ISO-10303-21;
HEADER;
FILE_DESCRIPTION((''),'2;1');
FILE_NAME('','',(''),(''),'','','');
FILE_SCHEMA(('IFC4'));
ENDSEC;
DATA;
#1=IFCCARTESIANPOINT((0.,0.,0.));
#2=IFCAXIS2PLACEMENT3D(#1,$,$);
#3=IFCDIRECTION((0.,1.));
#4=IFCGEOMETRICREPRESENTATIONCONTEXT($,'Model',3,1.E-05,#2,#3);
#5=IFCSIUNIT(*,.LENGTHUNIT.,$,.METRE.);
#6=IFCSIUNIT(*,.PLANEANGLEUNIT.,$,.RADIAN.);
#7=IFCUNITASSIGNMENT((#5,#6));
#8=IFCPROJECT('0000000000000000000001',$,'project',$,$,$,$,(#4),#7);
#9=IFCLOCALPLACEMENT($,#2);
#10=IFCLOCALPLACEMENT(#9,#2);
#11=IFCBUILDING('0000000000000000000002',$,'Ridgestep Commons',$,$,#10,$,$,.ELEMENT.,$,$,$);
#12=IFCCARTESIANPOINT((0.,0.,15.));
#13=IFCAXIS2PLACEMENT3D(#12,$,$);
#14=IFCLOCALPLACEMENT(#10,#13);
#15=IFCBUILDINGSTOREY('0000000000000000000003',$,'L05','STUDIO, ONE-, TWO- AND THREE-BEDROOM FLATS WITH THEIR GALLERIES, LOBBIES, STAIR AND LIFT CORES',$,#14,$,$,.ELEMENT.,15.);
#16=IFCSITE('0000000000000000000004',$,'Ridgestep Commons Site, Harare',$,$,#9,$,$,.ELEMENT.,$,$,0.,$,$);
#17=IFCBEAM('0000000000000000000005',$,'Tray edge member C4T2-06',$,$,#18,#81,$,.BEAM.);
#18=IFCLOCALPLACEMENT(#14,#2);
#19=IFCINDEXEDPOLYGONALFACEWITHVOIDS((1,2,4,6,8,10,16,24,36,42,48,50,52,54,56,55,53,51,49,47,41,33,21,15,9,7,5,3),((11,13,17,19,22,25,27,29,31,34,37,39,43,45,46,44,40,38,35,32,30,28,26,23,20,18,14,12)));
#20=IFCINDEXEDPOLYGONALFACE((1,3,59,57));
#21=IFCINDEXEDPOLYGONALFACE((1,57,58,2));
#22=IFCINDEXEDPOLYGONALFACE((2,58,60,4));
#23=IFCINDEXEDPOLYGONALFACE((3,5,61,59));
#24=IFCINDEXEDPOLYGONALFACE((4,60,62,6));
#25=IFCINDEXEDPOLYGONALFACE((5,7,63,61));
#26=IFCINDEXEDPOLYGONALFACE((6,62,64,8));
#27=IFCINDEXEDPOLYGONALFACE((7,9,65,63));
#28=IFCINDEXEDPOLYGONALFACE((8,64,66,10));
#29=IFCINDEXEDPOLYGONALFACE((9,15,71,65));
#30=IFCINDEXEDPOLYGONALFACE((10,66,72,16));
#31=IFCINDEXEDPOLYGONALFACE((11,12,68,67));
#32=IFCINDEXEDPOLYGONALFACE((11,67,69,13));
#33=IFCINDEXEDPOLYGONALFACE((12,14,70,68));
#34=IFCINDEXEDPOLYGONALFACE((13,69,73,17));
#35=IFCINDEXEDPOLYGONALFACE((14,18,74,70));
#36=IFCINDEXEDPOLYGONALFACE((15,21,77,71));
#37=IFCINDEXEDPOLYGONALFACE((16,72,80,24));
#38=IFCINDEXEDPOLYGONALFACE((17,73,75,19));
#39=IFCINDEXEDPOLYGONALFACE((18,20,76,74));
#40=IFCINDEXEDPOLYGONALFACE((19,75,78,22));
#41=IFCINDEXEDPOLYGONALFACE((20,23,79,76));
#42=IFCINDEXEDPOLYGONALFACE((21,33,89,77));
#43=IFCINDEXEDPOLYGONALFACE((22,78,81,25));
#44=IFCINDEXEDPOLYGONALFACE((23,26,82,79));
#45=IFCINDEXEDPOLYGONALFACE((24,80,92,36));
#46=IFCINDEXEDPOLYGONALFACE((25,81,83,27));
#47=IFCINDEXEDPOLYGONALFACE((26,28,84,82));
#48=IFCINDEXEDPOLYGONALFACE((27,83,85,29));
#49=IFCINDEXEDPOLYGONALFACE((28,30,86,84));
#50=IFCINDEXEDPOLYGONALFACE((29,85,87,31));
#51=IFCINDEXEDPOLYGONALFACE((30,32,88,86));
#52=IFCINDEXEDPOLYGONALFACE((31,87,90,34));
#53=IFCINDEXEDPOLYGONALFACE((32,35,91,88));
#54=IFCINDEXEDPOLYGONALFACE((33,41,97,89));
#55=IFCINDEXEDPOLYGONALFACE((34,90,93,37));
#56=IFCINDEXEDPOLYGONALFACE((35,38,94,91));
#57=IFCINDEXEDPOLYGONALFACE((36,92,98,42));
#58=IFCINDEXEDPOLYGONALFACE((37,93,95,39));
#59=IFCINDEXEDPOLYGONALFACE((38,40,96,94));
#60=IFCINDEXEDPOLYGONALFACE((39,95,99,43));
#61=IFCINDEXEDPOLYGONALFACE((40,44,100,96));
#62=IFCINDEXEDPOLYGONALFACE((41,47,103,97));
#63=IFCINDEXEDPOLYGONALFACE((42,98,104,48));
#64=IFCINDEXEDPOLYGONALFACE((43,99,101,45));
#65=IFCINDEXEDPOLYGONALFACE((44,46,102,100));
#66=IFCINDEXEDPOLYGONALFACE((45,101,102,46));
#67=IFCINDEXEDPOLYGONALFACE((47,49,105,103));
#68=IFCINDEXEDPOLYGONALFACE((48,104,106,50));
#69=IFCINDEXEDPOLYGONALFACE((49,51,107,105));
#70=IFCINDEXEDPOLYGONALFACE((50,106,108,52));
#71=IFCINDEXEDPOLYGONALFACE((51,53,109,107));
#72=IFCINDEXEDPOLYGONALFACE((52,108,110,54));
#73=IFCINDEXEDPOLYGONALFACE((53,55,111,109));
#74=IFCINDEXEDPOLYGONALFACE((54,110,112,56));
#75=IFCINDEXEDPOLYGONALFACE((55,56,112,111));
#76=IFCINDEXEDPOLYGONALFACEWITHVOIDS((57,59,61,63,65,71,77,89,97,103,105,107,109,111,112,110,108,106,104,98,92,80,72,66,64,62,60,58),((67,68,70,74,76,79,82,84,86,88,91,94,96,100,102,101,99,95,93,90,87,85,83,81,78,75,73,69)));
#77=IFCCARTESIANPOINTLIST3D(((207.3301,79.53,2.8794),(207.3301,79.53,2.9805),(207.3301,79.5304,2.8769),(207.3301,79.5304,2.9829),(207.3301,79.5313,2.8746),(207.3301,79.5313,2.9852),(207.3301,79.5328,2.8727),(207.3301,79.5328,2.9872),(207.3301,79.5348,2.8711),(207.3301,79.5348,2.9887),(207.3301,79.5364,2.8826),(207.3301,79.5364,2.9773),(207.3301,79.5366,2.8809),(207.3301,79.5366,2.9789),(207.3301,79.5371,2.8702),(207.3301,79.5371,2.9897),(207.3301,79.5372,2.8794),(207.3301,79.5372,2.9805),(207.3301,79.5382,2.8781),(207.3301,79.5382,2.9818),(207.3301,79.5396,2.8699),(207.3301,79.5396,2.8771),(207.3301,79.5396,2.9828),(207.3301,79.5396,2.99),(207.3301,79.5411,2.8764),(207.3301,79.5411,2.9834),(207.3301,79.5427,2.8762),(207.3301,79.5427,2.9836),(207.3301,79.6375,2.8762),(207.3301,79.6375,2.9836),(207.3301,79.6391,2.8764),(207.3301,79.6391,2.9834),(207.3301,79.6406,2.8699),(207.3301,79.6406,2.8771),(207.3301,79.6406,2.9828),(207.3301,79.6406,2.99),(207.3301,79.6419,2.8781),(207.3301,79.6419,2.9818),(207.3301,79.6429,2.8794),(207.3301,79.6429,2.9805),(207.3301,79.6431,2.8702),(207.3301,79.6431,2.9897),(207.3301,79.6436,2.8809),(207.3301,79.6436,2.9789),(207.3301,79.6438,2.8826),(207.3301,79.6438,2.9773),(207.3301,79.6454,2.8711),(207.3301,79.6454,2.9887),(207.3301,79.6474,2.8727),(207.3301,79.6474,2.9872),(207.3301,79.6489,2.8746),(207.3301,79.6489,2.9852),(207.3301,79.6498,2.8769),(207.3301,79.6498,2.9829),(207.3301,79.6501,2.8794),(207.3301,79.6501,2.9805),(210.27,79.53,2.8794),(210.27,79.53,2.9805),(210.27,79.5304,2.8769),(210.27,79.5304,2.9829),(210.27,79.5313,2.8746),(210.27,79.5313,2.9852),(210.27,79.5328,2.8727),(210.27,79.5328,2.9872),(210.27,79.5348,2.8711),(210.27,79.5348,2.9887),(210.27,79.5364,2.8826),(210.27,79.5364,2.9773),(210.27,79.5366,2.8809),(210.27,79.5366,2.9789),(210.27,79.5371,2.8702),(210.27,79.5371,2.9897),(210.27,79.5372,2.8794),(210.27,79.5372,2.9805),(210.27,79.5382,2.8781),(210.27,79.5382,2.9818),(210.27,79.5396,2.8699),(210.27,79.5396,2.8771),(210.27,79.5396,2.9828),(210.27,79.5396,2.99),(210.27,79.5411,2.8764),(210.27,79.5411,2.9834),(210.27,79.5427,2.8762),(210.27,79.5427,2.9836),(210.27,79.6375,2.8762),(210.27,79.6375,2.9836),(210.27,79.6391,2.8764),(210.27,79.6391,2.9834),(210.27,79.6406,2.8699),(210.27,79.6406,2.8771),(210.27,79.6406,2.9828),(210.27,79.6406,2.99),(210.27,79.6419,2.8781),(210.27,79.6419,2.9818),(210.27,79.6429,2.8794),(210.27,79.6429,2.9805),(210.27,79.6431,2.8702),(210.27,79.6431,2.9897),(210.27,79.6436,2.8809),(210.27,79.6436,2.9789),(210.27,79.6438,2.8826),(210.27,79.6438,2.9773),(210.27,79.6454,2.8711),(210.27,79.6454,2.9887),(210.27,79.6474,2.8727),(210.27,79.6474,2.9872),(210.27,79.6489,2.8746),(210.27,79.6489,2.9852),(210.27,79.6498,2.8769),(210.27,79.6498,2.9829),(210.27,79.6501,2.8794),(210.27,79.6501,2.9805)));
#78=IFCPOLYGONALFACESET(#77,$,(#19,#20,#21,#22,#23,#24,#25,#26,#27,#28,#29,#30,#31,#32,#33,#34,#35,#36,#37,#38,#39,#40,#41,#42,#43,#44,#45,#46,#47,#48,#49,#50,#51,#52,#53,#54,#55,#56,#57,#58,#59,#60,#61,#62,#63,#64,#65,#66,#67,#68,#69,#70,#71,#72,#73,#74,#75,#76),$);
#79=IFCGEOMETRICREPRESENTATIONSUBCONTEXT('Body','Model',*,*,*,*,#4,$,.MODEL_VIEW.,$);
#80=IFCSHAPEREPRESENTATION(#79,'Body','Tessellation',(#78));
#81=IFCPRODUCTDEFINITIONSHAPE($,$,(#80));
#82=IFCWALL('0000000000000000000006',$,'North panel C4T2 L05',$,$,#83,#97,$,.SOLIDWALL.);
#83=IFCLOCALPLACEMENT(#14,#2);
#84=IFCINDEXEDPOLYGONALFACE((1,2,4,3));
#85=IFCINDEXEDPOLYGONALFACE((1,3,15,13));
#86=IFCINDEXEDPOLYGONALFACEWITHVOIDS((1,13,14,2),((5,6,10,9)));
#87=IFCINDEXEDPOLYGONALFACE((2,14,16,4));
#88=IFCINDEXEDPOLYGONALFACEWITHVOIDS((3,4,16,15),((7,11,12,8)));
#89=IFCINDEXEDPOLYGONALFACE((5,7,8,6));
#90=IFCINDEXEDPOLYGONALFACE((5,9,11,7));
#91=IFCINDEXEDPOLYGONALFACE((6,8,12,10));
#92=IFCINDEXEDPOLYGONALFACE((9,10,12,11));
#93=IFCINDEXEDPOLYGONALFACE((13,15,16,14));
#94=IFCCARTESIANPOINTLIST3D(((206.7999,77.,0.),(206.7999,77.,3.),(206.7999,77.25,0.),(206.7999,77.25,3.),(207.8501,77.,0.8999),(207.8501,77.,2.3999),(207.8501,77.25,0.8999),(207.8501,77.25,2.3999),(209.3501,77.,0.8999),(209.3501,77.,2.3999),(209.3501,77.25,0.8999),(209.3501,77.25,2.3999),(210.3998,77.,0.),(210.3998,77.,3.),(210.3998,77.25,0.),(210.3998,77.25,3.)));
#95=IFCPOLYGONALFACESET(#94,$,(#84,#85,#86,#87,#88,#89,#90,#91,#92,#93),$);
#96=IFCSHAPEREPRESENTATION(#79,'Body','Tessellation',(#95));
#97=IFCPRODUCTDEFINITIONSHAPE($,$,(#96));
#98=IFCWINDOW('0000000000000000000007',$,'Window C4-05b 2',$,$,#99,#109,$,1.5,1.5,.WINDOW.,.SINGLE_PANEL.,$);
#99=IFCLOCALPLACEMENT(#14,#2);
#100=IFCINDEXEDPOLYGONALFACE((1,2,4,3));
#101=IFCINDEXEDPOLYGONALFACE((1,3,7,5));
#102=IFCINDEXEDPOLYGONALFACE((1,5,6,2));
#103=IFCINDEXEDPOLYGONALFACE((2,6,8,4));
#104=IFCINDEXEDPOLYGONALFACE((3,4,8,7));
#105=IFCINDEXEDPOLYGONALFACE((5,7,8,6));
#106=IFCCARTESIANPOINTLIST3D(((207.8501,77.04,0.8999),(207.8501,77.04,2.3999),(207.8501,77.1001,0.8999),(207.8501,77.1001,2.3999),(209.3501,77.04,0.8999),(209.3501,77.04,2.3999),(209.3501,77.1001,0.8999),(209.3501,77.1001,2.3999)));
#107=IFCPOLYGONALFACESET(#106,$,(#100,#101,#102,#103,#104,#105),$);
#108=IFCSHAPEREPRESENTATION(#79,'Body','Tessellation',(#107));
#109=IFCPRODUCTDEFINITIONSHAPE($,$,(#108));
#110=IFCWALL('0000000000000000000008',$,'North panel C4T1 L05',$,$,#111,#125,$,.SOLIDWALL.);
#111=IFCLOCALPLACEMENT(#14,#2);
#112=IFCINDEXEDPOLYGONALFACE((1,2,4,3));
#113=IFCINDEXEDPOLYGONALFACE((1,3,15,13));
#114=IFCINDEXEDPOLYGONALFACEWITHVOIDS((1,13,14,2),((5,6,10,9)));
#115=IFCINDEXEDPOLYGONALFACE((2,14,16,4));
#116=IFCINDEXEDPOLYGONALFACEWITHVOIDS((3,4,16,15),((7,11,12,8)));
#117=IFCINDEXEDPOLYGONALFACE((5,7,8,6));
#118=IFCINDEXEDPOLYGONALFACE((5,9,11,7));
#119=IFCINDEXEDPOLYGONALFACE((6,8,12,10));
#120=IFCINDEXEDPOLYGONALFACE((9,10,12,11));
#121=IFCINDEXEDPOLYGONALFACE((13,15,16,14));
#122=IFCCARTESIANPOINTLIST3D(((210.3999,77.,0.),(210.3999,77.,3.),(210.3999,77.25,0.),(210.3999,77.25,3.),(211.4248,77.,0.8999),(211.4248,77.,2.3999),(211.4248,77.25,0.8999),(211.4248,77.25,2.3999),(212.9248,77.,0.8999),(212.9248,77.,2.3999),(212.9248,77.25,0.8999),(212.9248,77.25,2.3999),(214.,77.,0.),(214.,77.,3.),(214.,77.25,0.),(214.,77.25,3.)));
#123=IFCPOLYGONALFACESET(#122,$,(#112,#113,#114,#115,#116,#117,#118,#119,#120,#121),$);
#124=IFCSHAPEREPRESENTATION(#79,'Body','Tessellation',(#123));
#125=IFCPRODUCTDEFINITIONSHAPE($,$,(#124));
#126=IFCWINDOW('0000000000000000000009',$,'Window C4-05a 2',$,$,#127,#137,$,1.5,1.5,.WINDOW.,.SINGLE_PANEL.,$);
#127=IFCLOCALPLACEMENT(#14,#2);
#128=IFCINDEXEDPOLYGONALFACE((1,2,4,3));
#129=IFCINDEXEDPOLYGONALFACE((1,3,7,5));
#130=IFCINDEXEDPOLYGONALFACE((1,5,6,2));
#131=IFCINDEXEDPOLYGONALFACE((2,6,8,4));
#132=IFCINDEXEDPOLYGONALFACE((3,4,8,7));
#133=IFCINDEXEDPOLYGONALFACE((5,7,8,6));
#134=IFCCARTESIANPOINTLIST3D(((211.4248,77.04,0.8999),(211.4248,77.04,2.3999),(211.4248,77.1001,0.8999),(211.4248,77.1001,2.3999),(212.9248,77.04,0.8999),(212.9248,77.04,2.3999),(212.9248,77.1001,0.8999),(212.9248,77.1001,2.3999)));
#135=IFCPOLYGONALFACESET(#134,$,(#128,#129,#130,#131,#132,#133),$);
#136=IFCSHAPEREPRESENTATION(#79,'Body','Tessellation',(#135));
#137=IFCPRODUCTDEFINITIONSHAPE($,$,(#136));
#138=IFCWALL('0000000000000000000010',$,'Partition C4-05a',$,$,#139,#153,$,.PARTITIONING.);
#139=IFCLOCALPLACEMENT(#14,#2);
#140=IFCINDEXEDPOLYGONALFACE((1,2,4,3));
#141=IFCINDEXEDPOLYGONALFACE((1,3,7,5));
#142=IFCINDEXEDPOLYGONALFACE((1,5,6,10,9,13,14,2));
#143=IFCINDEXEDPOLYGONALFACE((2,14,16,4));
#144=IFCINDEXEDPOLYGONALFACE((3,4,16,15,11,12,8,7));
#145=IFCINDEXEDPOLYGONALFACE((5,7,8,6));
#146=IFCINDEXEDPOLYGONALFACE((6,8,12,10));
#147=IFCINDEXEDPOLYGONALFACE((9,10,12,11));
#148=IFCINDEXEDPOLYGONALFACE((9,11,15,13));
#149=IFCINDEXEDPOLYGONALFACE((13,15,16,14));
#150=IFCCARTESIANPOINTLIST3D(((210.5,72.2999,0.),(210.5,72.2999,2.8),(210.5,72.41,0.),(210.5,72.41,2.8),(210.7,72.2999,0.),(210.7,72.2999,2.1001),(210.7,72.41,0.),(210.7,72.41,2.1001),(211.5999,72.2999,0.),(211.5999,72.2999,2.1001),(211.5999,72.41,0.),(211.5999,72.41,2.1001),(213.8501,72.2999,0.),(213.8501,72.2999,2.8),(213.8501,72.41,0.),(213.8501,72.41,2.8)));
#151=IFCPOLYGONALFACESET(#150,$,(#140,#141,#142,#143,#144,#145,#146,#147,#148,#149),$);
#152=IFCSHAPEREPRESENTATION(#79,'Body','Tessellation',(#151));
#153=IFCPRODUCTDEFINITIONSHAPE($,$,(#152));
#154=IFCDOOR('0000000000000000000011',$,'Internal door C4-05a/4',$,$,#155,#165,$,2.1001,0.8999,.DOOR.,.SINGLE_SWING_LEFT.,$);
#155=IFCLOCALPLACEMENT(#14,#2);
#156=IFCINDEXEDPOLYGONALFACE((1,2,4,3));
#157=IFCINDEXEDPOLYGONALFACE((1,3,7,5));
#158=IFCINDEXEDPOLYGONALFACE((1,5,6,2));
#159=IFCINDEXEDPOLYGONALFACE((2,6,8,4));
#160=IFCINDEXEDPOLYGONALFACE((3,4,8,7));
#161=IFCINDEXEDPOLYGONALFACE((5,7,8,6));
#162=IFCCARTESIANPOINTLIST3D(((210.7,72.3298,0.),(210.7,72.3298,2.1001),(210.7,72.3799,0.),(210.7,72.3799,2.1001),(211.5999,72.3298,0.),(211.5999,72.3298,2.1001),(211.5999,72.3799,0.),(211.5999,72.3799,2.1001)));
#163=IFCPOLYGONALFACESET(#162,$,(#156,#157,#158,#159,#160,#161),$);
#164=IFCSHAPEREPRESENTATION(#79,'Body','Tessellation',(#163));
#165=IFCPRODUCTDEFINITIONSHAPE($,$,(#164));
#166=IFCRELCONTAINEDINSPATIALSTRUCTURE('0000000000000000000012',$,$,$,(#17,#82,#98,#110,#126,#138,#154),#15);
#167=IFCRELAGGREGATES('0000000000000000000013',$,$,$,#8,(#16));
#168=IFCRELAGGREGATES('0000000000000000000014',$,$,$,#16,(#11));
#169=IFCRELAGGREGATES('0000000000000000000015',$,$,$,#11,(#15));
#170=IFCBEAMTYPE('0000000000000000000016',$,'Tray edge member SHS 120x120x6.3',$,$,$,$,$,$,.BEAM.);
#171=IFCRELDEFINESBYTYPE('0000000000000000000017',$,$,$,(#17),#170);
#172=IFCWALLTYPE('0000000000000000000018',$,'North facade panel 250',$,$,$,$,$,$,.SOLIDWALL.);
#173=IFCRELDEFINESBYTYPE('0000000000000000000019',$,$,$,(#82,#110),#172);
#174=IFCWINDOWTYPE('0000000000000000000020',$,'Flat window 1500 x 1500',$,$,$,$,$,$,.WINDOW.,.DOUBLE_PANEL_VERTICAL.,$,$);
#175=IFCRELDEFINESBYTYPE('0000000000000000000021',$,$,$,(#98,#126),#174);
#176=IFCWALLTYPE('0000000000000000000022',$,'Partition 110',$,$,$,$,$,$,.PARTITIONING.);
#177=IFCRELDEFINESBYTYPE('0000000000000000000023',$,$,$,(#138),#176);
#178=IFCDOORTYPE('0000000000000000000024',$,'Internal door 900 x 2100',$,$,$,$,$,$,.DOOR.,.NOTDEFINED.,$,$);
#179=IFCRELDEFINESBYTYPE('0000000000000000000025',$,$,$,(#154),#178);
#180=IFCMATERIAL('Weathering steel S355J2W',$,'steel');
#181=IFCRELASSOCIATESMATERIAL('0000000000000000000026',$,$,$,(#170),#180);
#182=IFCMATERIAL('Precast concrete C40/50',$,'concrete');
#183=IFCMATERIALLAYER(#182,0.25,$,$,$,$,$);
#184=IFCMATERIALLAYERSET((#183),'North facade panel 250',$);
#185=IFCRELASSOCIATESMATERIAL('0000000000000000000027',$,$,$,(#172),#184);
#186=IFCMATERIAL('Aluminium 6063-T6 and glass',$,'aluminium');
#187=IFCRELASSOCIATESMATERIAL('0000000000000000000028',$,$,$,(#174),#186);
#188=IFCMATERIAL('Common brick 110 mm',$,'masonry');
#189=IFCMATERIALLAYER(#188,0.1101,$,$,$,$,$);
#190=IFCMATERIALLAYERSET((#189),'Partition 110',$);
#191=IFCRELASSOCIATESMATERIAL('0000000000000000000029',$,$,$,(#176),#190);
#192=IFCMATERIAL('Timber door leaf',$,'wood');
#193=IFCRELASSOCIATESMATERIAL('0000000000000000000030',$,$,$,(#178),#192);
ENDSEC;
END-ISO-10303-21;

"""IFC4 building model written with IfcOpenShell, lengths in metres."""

from ifc_helpers import new_model, si_unit, direction, frame, frame_2d, origin, origin_2d, place, context, subcontext, project, spatial, rectangle, hollow_rectangle, extrude, material, layer, layer_set, material_profile, profile_set, type_object, element, fill, save


model = new_model("IFC4")

# Units and contexts
model_context = context("Model", 3, precision=1e-05, world=origin(), true_north=direction((0.0, 1.0)))
body_context = subcontext(model_context, "Body", "Model", "MODEL_VIEW")
ifc_project = project(units=[si_unit("LENGTHUNIT", "METRE"), si_unit("PLANEANGLEUNIT", "RADIAN")], contexts=[model_context])

# Site, building, storey
site_placement = place(None, origin())
site = spatial("IfcSite", under=ifc_project, at=site_placement, Name="Ridgestep Commons Site, Harare", CompositionType="ELEMENT", RefElevation=0.0)
building_placement = place(site_placement, origin())
building = spatial("IfcBuilding", under=site, at=building_placement, Name="Ridgestep Commons", CompositionType="ELEMENT")
storey_placement = place(building_placement, frame((0.0, 0.0, 15.0)))
storey = spatial("IfcBuildingStorey", under=building, at=storey_placement, Name="L05", Description="STUDIO, ONE-, TWO- AND THREE-BEDROOM FLATS WITH THEIR GALLERIES, LOBBIES, STAIR AND LIFT CORES", CompositionType="ELEMENT", Elevation=15.0)

# Beam
ifc_material_1 = material(Name="Weathering steel S355J2W", Category="steel")
ifc_material_profile_1 = material_profile(ifc_material_1, hollow_rectangle(XDim=0.1201, YDim=0.1201, WallThickness=0.0063, InnerFilletRadius=0.0063, OuterFilletRadius=0.0095, at=origin_2d()), Name="SHS 120x120x6.3")
ifc_profile_set_1 = profile_set([ifc_material_profile_1], Name="Weathering steel S355J2W")
beam_type_1 = type_object("IfcBeamType", Name="Tray edge member SHS 120x120x6.3", PredefinedType="BEAM", material=ifc_profile_set_1)
beam_placement = place(storey_placement, frame((207.3301, 79.5901, 2.9299), z_axis=(1.0, 0.0, 0.0), x_axis=(0.0, 0.0, 1.0)))
element("IfcBeam", 1, at=beam_placement, inside=storey, type_object=beam_type_1, Name="Tray edge member C4T2-06", PredefinedType="BEAM", context=body_context, shape_type="SweptSolid", body=[
    extrude(hollow_rectangle(XDim=0.1201, YDim=0.1201, WallThickness=0.0063, InnerFilletRadius=0.0063, OuterFilletRadius=0.0095, at=origin_2d()), origin(), (0.0, 0.0, 1.0), 2.9399),
])

# Walls, openings, windows
ifc_material_2 = material(Name="Precast concrete C40/50", Category="concrete")
ifc_layer_1 = layer(ifc_material_2, 0.25)
ifc_layer_set_1 = layer_set([ifc_layer_1], Name="North facade panel 250")
wall_type_1 = type_object("IfcWallType", Name="North facade panel 250", PredefinedType="SOLIDWALL", material=ifc_layer_set_1)
wall_1_placement = place(storey_placement, frame((206.8, 77.125, 0.0), z_axis=(0.0, 0.0, 1.0), x_axis=(1.0, 0.0, 0.0)))
wall_1 = element("IfcWall", 2, at=wall_1_placement, inside=storey, type_object=wall_type_1, Name="North panel C4T2 L05", PredefinedType="SOLIDWALL", context=body_context, shape_type="SweptSolid", body=[
    extrude(rectangle(XDim=3.5999, YDim=0.25, at=frame_2d((1.7998, 0.0))), origin(), (0.0, 0.0, 1.0), 3.0),
])
opening_1_placement = place(wall_1_placement, frame((1.05, 0.0, 0.8999)))
opening_1 = element("IfcOpeningElement", 3, at=opening_1_placement, cuts=wall_1, PredefinedType="OPENING", context=body_context, shape_type="SweptSolid", body=[
    extrude(rectangle(XDim=1.5, YDim=1.5, at=frame_2d((0.75, 0.75))), frame((0.0, 0.135, 0.0), z_axis=(0.0, -1.0, 0.0), x_axis=(1.0, 0.0, 0.0)), (0.0, 0.0, 1.0), 0.27),
])
ifc_material_3 = material(Name="Aluminium 6063-T6 and glass", Category="aluminium")
window_type = type_object("IfcWindowType", Name="Flat window 1500 x 1500", PartitioningType="DOUBLE_PANEL_VERTICAL", PredefinedType="WINDOW", material=ifc_material_3)
window_1_placement = place(opening_1_placement, origin())
window_1 = element("IfcWindow", 4, at=window_1_placement, inside=storey, type_object=window_type, Name="Window C4-05b 2", OverallHeight=1.5, OverallWidth=1.5, PartitioningType="SINGLE_PANEL", PredefinedType="WINDOW", context=body_context, shape_type="SweptSolid", body=[
    extrude(rectangle(XDim=1.5, YDim=1.5, at=frame_2d((0.75, 0.75))), frame((0.0, -0.0249, 0.0), z_axis=(0.0, -1.0, 0.0), x_axis=(1.0, 0.0, 0.0)), (0.0, 0.0, 1.0), 0.0601),
])
fill(opening_1, window_1)
wall_2_placement = place(storey_placement, frame((210.3999, 77.125, 0.0), z_axis=(0.0, 0.0, 1.0), x_axis=(1.0, 0.0, 0.0)))
wall_2 = element("IfcWall", 5, at=wall_2_placement, inside=storey, type_object=wall_type_1, Name="North panel C4T1 L05", PredefinedType="SOLIDWALL", context=body_context, shape_type="SweptSolid", body=[
    extrude(rectangle(XDim=3.6001, YDim=0.25, at=frame_2d((1.8, 0.0))), origin(), (0.0, 0.0, 1.0), 3.0),
])
opening_2_placement = place(wall_2_placement, frame((1.0249, 0.0, 0.8999)))
opening_2 = element("IfcOpeningElement", 6, at=opening_2_placement, cuts=wall_2, PredefinedType="OPENING", context=body_context, shape_type="SweptSolid", body=[
    extrude(rectangle(XDim=1.5, YDim=1.5, at=frame_2d((0.75, 0.75))), frame((0.0, 0.135, 0.0), z_axis=(0.0, -1.0, 0.0), x_axis=(1.0, 0.0, 0.0)), (0.0, 0.0, 1.0), 0.27),
])
window_2_placement = place(opening_2_placement, origin())
window_2 = element("IfcWindow", 7, at=window_2_placement, inside=storey, type_object=window_type, Name="Window C4-05a 2", OverallHeight=1.5, OverallWidth=1.5, PartitioningType="SINGLE_PANEL", PredefinedType="WINDOW", context=body_context, shape_type="SweptSolid", body=[
    extrude(rectangle(XDim=1.5, YDim=1.5, at=frame_2d((0.75, 0.75))), frame((0.0, -0.0249, 0.0), z_axis=(0.0, -1.0, 0.0), x_axis=(1.0, 0.0, 0.0)), (0.0, 0.0, 1.0), 0.0601),
])
fill(opening_2, window_2)

# Wall, opening, door
ifc_material_4 = material(Name="Common brick 110 mm", Category="masonry")
ifc_layer_2 = layer(ifc_material_4, 0.1101)
ifc_layer_set_2 = layer_set([ifc_layer_2], Name="Partition 110")
wall_type_2 = type_object("IfcWallType", Name="Partition 110", PredefinedType="PARTITIONING", material=ifc_layer_set_2)
wall_3_placement = place(storey_placement, frame((210.5, 72.355, 0.0), z_axis=(0.0, 0.0, 1.0), x_axis=(1.0, 0.0, 0.0)))
wall_3 = element("IfcWall", 8, at=wall_3_placement, inside=storey, type_object=wall_type_2, Name="Partition C4-05a", PredefinedType="PARTITIONING", context=body_context, shape_type="SweptSolid", body=[
    extrude(rectangle(XDim=3.3501, YDim=0.1101, at=frame_2d((1.675, 0.0))), origin(), (0.0, 0.0, 1.0), 2.8),
])
opening_3_placement = place(wall_3_placement, frame((0.2, 0.0, 0.0)))
opening_3 = element("IfcOpeningElement", 9, at=opening_3_placement, cuts=wall_3, PredefinedType="OPENING", context=body_context, shape_type="SweptSolid", body=[
    extrude(rectangle(XDim=0.8999, YDim=2.1001, at=frame_2d((0.45, 1.05))), frame((0.0, 0.0649, 0.0), z_axis=(0.0, -1.0, 0.0), x_axis=(1.0, 0.0, 0.0)), (0.0, 0.0, 1.0), 0.1301),
])
ifc_material_5 = material(Name="Timber door leaf", Category="wood")
door_type = type_object("IfcDoorType", Name="Internal door 900 x 2100", OperationType="NOTDEFINED", PredefinedType="DOOR", material=ifc_material_5)
door_1_placement = place(opening_3_placement, origin())
door_1 = element("IfcDoor", 10, at=door_1_placement, inside=storey, type_object=door_type, Name="Internal door C4-05a/4", OperationType="SINGLE_SWING_LEFT", OverallHeight=2.1001, OverallWidth=0.8999, PredefinedType="DOOR", context=body_context, shape_type="SweptSolid", body=[
    extrude(rectangle(XDim=0.8999, YDim=2.1001, at=frame_2d((0.45, 1.05))), frame((0.0, 0.0249, 0.0), z_axis=(0.0, -1.0, 0.0), x_axis=(1.0, 0.0, 0.0)), (0.0, 0.0, 1.0), 0.05),
])
fill(opening_3, door_1)

save(model, "model.ifc")
